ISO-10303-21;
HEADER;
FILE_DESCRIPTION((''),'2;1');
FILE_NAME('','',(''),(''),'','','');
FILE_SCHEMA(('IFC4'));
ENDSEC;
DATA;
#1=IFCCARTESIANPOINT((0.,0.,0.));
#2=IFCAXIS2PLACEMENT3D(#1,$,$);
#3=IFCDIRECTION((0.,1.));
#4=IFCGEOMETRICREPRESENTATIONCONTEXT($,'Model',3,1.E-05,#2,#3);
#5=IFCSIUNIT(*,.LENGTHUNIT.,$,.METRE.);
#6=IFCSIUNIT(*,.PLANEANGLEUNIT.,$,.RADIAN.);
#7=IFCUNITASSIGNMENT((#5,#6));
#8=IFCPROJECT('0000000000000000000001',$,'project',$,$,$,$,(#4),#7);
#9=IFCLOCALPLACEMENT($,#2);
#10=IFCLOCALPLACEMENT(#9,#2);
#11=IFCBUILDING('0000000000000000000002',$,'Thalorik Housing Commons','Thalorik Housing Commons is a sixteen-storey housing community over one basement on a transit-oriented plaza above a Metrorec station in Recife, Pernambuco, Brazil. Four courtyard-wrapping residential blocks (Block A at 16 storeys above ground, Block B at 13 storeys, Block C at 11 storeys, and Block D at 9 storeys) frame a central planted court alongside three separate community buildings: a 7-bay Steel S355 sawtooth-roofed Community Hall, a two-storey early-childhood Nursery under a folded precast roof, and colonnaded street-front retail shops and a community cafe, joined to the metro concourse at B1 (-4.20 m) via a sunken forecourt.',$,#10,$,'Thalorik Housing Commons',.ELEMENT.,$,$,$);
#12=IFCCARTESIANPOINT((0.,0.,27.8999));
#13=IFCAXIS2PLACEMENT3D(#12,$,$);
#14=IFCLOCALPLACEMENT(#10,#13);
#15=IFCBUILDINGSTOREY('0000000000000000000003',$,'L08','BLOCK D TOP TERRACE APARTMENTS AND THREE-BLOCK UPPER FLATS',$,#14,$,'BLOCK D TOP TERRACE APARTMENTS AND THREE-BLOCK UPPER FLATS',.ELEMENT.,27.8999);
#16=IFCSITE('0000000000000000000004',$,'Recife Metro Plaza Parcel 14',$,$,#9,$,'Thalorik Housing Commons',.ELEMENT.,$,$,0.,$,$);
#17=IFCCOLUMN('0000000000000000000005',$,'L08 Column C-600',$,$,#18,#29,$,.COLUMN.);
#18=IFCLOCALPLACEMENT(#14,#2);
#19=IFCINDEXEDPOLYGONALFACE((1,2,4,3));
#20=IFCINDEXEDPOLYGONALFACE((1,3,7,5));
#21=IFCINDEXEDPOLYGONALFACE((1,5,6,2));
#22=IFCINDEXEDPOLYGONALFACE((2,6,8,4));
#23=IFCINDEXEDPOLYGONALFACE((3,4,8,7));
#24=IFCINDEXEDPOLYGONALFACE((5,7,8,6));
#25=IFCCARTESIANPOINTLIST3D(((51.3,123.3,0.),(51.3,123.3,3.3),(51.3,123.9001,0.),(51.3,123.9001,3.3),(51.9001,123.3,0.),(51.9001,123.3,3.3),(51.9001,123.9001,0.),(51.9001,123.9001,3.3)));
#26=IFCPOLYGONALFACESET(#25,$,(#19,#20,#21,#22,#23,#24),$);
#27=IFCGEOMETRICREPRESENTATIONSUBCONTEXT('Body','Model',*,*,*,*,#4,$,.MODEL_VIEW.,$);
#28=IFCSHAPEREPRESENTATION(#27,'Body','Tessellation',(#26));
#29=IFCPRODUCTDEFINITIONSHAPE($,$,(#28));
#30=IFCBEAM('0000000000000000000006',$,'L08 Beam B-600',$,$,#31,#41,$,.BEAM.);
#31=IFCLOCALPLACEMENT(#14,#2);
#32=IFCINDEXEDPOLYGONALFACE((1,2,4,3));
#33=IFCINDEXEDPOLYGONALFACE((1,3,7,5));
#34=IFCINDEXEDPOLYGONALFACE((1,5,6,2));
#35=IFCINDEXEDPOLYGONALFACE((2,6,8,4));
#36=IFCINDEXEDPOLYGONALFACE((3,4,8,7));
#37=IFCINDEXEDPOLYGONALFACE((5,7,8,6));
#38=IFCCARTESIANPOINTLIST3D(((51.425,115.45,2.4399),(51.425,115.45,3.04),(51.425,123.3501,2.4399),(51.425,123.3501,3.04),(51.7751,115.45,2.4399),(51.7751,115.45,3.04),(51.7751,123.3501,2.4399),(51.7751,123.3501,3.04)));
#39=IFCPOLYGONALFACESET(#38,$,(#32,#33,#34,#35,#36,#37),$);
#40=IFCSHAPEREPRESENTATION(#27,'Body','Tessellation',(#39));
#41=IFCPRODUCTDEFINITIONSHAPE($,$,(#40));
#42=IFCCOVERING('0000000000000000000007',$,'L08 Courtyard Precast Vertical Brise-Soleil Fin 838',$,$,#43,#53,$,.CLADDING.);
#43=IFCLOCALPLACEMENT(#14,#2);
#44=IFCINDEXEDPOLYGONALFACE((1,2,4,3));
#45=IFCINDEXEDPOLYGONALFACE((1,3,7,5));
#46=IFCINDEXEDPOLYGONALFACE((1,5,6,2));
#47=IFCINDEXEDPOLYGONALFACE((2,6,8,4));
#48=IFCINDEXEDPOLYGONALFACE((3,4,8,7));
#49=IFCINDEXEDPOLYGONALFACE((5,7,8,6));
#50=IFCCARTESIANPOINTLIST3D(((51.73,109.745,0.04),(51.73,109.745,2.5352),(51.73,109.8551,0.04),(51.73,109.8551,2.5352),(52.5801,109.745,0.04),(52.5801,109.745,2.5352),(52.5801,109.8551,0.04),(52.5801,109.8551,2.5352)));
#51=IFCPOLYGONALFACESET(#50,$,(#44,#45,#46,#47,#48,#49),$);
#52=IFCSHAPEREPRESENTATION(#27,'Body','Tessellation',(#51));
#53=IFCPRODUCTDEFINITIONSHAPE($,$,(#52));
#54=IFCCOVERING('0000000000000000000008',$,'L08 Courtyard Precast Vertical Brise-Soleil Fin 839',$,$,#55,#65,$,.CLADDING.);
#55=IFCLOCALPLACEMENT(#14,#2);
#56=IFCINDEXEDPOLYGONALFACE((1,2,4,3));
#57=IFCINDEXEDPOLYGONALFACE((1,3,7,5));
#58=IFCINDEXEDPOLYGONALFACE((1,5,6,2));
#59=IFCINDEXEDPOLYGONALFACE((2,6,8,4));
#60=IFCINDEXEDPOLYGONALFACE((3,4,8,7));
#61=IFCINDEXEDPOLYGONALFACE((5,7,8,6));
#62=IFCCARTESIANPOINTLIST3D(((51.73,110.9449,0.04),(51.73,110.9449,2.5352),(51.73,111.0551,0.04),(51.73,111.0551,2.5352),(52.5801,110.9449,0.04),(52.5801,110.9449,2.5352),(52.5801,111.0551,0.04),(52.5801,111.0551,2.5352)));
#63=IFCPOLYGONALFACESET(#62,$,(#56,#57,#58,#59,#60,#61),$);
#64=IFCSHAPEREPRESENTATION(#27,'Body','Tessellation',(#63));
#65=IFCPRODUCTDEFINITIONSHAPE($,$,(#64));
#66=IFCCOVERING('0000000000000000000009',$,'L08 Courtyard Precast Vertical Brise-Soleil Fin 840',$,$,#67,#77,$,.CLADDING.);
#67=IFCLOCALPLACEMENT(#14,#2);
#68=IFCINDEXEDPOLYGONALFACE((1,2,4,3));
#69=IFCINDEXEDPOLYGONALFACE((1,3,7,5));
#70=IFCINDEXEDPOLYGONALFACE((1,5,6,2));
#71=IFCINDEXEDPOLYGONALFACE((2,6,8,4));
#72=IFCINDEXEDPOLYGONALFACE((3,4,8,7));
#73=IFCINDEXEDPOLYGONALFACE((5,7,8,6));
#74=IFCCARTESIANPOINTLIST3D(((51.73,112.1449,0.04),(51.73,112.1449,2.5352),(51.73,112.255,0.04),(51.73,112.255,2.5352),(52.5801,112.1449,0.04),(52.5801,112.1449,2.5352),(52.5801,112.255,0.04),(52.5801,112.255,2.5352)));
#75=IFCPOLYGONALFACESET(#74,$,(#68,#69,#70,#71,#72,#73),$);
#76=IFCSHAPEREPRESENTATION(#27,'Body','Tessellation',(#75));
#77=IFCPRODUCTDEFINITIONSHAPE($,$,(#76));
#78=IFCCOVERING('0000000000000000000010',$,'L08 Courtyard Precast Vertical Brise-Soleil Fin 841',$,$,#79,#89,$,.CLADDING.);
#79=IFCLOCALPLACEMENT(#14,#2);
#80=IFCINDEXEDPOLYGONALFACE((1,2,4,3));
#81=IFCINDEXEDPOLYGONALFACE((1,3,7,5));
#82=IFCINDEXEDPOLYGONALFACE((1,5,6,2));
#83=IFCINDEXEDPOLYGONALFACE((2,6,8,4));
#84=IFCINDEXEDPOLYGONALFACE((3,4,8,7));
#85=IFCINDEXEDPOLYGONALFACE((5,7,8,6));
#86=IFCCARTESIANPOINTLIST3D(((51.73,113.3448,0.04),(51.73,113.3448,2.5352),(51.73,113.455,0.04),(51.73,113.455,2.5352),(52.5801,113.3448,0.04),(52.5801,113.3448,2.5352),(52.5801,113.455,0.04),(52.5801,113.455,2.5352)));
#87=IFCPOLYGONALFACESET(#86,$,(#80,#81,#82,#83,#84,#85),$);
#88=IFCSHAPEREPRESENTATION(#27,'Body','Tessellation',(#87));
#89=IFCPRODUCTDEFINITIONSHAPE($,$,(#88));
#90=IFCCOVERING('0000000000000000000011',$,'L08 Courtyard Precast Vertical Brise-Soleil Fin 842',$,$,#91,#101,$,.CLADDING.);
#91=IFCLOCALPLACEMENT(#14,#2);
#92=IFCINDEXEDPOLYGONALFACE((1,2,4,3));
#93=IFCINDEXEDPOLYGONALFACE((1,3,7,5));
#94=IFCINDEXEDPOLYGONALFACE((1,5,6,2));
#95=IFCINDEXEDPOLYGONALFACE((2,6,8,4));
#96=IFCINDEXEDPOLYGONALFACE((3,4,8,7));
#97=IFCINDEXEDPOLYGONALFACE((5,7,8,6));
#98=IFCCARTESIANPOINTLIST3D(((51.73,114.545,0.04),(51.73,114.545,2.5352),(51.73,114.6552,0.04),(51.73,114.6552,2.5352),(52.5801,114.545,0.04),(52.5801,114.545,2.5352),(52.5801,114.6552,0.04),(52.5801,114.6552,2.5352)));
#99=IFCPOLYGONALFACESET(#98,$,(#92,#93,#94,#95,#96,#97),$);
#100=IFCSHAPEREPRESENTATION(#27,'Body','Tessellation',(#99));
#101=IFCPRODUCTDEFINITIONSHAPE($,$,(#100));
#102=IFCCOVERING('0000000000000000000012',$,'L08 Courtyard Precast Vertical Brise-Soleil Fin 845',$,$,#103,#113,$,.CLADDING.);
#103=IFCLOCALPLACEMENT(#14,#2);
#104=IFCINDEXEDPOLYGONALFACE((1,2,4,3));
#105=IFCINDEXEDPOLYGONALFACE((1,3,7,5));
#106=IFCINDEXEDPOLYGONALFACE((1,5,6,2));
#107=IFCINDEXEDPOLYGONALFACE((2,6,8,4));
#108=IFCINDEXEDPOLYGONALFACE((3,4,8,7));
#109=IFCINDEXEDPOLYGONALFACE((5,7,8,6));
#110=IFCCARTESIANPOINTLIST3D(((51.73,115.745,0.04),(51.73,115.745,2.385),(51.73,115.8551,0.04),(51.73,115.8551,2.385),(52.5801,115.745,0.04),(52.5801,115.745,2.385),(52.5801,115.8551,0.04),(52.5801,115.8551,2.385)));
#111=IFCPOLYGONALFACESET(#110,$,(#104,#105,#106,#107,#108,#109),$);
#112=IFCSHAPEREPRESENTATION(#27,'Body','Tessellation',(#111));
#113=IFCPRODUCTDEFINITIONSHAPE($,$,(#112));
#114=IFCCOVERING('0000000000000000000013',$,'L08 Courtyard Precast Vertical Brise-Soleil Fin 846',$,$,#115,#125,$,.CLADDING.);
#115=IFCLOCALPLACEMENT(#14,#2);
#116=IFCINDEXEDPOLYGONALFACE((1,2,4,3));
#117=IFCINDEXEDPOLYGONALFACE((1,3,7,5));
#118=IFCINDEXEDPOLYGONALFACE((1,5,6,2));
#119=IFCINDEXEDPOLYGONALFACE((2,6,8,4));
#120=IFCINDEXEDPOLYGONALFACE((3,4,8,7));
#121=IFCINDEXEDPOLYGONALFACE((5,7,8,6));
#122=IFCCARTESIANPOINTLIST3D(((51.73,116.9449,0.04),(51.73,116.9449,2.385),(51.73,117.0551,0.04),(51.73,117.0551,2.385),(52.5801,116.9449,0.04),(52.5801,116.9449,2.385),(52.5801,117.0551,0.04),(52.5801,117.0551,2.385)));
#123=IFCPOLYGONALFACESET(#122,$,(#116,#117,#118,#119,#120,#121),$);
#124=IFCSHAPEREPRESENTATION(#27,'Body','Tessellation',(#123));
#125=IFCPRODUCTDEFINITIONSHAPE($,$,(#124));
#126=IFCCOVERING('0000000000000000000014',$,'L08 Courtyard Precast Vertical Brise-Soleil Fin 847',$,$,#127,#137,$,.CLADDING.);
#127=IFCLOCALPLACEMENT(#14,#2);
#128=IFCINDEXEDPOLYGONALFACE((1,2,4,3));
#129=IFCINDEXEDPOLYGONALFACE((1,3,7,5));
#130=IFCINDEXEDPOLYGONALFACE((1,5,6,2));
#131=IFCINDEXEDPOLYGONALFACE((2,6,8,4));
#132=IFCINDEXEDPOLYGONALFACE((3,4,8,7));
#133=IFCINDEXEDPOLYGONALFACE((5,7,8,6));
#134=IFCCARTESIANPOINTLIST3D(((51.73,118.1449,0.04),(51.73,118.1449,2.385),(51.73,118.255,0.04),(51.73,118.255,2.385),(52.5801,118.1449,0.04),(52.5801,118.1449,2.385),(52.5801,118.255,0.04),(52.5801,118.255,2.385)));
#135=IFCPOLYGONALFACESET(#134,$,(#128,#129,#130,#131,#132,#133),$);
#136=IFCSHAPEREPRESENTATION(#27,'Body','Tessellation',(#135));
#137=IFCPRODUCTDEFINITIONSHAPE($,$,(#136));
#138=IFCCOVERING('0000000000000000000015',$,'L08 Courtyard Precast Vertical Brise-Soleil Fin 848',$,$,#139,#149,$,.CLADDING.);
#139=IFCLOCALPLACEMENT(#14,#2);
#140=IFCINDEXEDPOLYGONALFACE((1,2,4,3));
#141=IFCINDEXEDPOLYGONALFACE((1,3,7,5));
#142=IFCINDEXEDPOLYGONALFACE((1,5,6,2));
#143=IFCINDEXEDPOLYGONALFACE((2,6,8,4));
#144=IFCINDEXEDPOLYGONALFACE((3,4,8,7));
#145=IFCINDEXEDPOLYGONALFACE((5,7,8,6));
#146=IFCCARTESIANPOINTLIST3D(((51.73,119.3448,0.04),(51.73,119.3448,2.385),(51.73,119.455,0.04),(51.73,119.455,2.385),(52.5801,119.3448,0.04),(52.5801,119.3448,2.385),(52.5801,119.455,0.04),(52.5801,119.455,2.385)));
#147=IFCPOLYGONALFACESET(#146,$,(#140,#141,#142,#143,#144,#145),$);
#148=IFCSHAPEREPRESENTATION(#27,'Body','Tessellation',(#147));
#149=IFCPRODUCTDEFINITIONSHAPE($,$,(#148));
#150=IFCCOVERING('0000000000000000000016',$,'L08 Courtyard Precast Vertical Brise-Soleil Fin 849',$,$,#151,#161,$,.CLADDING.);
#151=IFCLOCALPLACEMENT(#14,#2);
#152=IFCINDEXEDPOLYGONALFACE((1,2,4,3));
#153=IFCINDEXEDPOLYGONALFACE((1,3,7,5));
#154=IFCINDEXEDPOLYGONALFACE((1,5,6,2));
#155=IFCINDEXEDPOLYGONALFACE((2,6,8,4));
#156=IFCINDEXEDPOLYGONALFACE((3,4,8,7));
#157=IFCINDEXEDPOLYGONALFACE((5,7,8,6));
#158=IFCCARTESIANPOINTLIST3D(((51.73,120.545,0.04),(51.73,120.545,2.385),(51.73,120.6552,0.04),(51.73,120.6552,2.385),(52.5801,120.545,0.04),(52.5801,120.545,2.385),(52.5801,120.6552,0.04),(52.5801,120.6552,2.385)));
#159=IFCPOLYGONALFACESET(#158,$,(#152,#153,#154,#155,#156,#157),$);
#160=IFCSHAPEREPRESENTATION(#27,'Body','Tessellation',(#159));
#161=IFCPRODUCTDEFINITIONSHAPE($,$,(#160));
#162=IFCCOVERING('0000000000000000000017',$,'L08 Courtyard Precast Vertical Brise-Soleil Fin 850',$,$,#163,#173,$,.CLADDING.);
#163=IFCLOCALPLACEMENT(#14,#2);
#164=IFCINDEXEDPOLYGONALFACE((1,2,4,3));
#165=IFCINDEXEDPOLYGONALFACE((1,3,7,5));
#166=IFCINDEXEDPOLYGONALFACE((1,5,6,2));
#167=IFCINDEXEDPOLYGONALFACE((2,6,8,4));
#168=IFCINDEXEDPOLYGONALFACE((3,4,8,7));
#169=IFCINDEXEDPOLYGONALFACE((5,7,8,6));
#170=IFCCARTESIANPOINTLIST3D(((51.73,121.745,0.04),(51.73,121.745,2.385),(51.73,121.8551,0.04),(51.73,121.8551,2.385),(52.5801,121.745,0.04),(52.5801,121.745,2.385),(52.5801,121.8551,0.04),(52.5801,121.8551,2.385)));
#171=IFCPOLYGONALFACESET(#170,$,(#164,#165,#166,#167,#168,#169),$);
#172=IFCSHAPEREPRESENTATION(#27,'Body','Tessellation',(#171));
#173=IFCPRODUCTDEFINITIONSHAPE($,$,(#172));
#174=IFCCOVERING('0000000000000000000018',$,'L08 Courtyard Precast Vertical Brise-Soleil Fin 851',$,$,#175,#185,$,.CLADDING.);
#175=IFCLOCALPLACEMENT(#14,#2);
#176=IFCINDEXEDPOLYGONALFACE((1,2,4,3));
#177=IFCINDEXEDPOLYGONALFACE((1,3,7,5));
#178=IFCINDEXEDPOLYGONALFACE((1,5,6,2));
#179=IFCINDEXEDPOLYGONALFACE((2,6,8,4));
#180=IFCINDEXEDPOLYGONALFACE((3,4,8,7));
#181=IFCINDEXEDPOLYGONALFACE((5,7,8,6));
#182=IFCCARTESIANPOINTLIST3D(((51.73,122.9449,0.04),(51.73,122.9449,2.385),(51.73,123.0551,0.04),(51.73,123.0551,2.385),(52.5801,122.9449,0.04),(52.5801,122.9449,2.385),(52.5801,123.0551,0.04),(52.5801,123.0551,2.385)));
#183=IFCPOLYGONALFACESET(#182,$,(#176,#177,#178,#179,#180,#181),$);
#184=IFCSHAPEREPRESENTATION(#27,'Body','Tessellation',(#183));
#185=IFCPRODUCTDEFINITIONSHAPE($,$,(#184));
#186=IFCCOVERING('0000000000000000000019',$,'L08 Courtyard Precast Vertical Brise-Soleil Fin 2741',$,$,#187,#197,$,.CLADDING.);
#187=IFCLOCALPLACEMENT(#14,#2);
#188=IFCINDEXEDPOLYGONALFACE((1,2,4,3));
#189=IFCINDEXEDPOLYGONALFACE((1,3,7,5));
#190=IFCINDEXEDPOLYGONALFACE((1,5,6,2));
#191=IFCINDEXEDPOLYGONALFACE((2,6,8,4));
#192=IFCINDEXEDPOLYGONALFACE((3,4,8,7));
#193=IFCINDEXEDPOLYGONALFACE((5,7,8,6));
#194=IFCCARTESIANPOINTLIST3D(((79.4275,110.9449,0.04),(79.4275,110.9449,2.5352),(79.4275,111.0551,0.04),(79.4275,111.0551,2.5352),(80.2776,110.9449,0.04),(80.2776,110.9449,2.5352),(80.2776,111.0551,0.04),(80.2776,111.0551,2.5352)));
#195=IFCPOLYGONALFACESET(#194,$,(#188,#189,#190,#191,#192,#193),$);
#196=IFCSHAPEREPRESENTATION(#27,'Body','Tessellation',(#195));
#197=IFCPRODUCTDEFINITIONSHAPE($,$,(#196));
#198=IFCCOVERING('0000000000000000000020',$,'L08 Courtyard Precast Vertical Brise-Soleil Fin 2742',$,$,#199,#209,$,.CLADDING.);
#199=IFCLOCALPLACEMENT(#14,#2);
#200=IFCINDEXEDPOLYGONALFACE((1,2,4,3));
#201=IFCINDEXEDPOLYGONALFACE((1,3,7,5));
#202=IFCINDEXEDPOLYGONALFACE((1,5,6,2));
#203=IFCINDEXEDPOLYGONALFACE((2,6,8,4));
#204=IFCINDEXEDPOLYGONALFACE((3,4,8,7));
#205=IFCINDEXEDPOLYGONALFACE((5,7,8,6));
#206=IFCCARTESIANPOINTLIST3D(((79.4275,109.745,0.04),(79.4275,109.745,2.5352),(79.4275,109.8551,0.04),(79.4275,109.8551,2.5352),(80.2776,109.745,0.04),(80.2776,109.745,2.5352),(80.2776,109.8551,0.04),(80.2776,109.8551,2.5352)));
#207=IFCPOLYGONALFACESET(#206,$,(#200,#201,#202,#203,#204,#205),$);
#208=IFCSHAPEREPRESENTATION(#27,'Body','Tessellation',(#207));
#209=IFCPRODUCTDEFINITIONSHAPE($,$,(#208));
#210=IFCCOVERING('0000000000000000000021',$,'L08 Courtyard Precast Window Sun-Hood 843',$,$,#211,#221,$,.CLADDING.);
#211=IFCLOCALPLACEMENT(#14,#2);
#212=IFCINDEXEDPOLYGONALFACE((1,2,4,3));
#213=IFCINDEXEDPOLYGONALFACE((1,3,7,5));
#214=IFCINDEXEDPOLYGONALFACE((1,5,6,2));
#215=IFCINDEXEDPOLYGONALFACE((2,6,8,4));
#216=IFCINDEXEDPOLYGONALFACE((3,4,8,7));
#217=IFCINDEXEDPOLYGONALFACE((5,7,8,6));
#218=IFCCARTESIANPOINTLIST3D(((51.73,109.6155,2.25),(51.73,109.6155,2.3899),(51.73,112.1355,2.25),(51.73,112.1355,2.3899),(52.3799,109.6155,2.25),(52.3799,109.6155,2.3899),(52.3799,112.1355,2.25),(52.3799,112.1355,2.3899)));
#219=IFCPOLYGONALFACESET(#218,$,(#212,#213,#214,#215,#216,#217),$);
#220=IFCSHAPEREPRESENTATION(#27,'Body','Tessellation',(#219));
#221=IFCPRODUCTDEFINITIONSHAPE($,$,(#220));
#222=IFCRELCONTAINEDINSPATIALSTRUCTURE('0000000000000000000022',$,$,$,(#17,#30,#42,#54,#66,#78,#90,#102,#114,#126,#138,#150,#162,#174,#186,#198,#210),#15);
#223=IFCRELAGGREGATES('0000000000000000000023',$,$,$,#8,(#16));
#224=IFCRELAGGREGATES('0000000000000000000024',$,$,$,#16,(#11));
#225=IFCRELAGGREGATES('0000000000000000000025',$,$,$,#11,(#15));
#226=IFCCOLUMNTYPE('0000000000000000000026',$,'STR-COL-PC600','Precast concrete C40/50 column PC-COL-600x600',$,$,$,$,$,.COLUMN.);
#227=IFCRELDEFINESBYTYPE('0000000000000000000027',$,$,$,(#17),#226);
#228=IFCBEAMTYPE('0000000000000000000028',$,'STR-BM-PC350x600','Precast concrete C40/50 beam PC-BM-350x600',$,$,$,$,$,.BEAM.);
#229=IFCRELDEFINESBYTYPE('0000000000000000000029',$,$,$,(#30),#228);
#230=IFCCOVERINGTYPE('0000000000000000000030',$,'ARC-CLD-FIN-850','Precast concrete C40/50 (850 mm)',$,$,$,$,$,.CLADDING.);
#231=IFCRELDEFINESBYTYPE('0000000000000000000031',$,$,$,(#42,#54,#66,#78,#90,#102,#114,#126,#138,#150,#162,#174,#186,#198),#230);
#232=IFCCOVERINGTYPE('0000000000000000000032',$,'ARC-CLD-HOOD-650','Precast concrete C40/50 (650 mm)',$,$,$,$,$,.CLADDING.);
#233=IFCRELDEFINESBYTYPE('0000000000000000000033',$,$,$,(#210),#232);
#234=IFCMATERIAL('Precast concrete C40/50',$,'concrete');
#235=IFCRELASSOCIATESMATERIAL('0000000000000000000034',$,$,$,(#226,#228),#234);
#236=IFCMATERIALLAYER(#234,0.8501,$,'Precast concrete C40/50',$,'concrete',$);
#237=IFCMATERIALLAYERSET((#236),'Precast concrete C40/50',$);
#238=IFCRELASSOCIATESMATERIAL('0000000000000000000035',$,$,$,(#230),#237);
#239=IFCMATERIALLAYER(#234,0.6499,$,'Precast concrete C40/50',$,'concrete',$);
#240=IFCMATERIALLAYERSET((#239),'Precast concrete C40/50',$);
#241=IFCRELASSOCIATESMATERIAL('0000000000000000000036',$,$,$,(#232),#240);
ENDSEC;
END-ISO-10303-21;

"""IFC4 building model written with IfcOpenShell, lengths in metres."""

from ifc_helpers import new_model, si_unit, direction, frame, origin, origin_2d, place, context, subcontext, project, spatial, rectangle, extrude, material, layer, layer_set, material_profile, profile_set, type_object, element, save


model = new_model("IFC4")

# Units and contexts
model_context = context("Model", 3, precision=1e-05, world=origin(), true_north=direction((0.0, 1.0)))
body_context = subcontext(model_context, "Body", "Model", "MODEL_VIEW")
ifc_project = project(units=[si_unit("LENGTHUNIT", "METRE"), si_unit("PLANEANGLEUNIT", "RADIAN")], contexts=[model_context])

# Site, building, storey
site_placement = place(None, origin())
site = spatial("IfcSite", under=ifc_project, at=site_placement, Name="Recife Metro Plaza Parcel 14", LongName="Thalorik Housing Commons", CompositionType="ELEMENT", RefElevation=0.0)
building_placement = place(site_placement, origin())
building = spatial("IfcBuilding", under=site, at=building_placement, Name="Thalorik Housing Commons", Description="Thalorik Housing Commons is a sixteen-storey housing community over one basement on a transit-oriented plaza above a Metrorec station in Recife, Pernambuco, Brazil. Four courtyard-wrapping residential blocks (Block A at 16 storeys above ground, Block B at 13 storeys, Block C at 11 storeys, and Block D at 9 storeys) frame a central planted court alongside three separate community buildings: a 7-bay Steel S355 sawtooth-roofed Community Hall, a two-storey early-childhood Nursery under a folded precast roof, and colonnaded street-front retail shops and a community cafe, joined to the metro concourse at B1 (-4.20 m) via a sunken forecourt.", LongName="Thalorik Housing Commons", CompositionType="ELEMENT")
storey_placement = place(building_placement, frame((0.0, 0.0, 27.8999)))
storey = spatial("IfcBuildingStorey", under=building, at=storey_placement, Name="L08", Description="BLOCK D TOP TERRACE APARTMENTS AND THREE-BLOCK UPPER FLATS", LongName="BLOCK D TOP TERRACE APARTMENTS AND THREE-BLOCK UPPER FLATS", CompositionType="ELEMENT", Elevation=27.8999)

# Column
ifc_material_1 = material(Name="Precast concrete C40/50", Category="concrete")
ifc_material_profile_1 = material_profile(ifc_material_1, rectangle(XDim=0.6001, YDim=0.6001, at=origin_2d()), Name="PC 600x600", Category="concrete")
ifc_profile_set_1 = profile_set([ifc_material_profile_1], Name="Precast concrete C40/50")
column_type = type_object("IfcColumnType", Name="STR-COL-PC600", Description="Precast concrete C40/50 column PC-COL-600x600", PredefinedType="COLUMN", material=ifc_profile_set_1)
column_placement = place(storey_placement, frame((51.6001, 123.6001, 0.0), z_axis=(0.0, 0.0, 1.0), x_axis=(1.0, 0.0, 0.0)))
element("IfcColumn", 1, at=column_placement, inside=storey, type_object=column_type, Name="L08 Column C-600", PredefinedType="COLUMN", context=body_context, shape_type="SweptSolid", body=[
    extrude(rectangle(XDim=0.6001, YDim=0.6001, at=origin_2d()), origin(), (0.0, 0.0, 1.0), 3.3),
])

# Beam
ifc_material_profile_2 = material_profile(ifc_material_1, rectangle(XDim=0.3501, YDim=0.6001, at=origin_2d()), Name="PC 350x600", Category="concrete")
ifc_profile_set_2 = profile_set([ifc_material_profile_2], Name="Precast concrete C40/50")
beam_type = type_object("IfcBeamType", Name="STR-BM-PC350x600", Description="Precast concrete C40/50 beam PC-BM-350x600", PredefinedType="BEAM", material=ifc_profile_set_2)
beam_placement = place(storey_placement, frame((51.6001, 115.45, 2.74), z_axis=(0.0, 1.0, 0.0), x_axis=(-1.0, 0.0, 0.0)))
element("IfcBeam", 2, at=beam_placement, inside=storey, type_object=beam_type, Name="L08 Beam B-600", PredefinedType="BEAM", context=body_context, shape_type="SweptSolid", body=[
    extrude(rectangle(XDim=0.3501, YDim=0.6001, at=origin_2d()), origin(), (0.0, 0.0, 1.0), 7.9001),
])

# Coverings
ifc_layer_1 = layer(ifc_material_1, 0.8501, Name="Precast concrete C40/50", Category="concrete")
ifc_layer_set_1 = layer_set([ifc_layer_1], Name="Precast concrete C40/50")
covering_type_1 = type_object("IfcCoveringType", Name="ARC-CLD-FIN-850", Description="Precast concrete C40/50 (850 mm)", PredefinedType="CLADDING", material=ifc_layer_set_1)
for number, where, z_axis, x_axis, name in (
    (3, (52.155, 109.8, 0.04), (0.0, 0.0, 1.0), (0.0, 1.0, 0.0), "L08 Courtyard Precast Vertical Brise-Soleil Fin 838"),
    (4, (52.155, 111.0, 0.04), (0.0, 0.0, 1.0), (0.0, 1.0, 0.0), "L08 Courtyard Precast Vertical Brise-Soleil Fin 839"),
    (5, (52.155, 112.2, 0.04), (0.0, 0.0, 1.0), (0.0, 1.0, 0.0), "L08 Courtyard Precast Vertical Brise-Soleil Fin 840"),
    (6, (52.155, 113.3999, 0.04), (0.0, 0.0, 1.0), (0.0, 1.0, 0.0), "L08 Courtyard Precast Vertical Brise-Soleil Fin 841"),
    (7, (52.155, 114.6001, 0.04), (0.0, 0.0, 1.0), (0.0, 1.0, 0.0), "L08 Courtyard Precast Vertical Brise-Soleil Fin 842"),
):
    element("IfcCovering", number, at=place(storey_placement, frame(where, z_axis=z_axis, x_axis=x_axis)), inside=storey, type_object=covering_type_1, Name=name, PredefinedType="CLADDING", context=body_context, shape_type="SweptSolid", body=[
        extrude(rectangle(XDim=0.1101, YDim=0.8501, at=origin_2d()), origin(), (0.0, 0.0, 1.0), 2.4951),
    ])
for number, where, z_axis, x_axis, name in (
    (8, (52.155, 115.8, 0.04), (0.0, 0.0, 1.0), (0.0, 1.0, 0.0), "L08 Courtyard Precast Vertical Brise-Soleil Fin 845"),
    (9, (52.155, 117.0, 0.04), (0.0, 0.0, 1.0), (0.0, 1.0, 0.0), "L08 Courtyard Precast Vertical Brise-Soleil Fin 846"),
    (10, (52.155, 118.2, 0.04), (0.0, 0.0, 1.0), (0.0, 1.0, 0.0), "L08 Courtyard Precast Vertical Brise-Soleil Fin 847"),
    (11, (52.155, 119.3999, 0.04), (0.0, 0.0, 1.0), (0.0, 1.0, 0.0), "L08 Courtyard Precast Vertical Brise-Soleil Fin 848"),
    (12, (52.155, 120.6001, 0.04), (0.0, 0.0, 1.0), (0.0, 1.0, 0.0), "L08 Courtyard Precast Vertical Brise-Soleil Fin 849"),
    (13, (52.155, 121.8, 0.04), (0.0, 0.0, 1.0), (0.0, 1.0, 0.0), "L08 Courtyard Precast Vertical Brise-Soleil Fin 850"),
    (14, (52.155, 123.0, 0.04), (0.0, 0.0, 1.0), (0.0, 1.0, 0.0), "L08 Courtyard Precast Vertical Brise-Soleil Fin 851"),
):
    element("IfcCovering", number, at=place(storey_placement, frame(where, z_axis=z_axis, x_axis=x_axis)), inside=storey, type_object=covering_type_1, Name=name, PredefinedType="CLADDING", context=body_context, shape_type="SweptSolid", body=[
        extrude(rectangle(XDim=0.1101, YDim=0.8501, at=origin_2d()), origin(), (0.0, 0.0, 1.0), 2.345),
    ])
for number, where, z_axis, x_axis, name in (
    (15, (79.8525, 111.0, 0.04), (0.0, 0.0, 1.0), (0.0, -1.0, 0.0), "L08 Courtyard Precast Vertical Brise-Soleil Fin 2741"),
    (16, (79.8525, 109.8, 0.04), (0.0, 0.0, 1.0), (0.0, -1.0, 0.0), "L08 Courtyard Precast Vertical Brise-Soleil Fin 2742"),
):
    element("IfcCovering", number, at=place(storey_placement, frame(where, z_axis=z_axis, x_axis=x_axis)), inside=storey, type_object=covering_type_1, Name=name, PredefinedType="CLADDING", context=body_context, shape_type="SweptSolid", body=[
        extrude(rectangle(XDim=0.1101, YDim=0.8501, at=origin_2d()), origin(), (0.0, 0.0, 1.0), 2.4951),
    ])
ifc_layer_2 = layer(ifc_material_1, 0.6499, Name="Precast concrete C40/50", Category="concrete")
ifc_layer_set_2 = layer_set([ifc_layer_2], Name="Precast concrete C40/50")
covering_type_2 = type_object("IfcCoveringType", Name="ARC-CLD-HOOD-650", Description="Precast concrete C40/50 (650 mm)", PredefinedType="CLADDING", material=ifc_layer_set_2)
covering_1_placement = place(storey_placement, frame((52.0549, 110.8755, 2.25), z_axis=(0.0, 0.0, 1.0), x_axis=(0.0, 1.0, 0.0)))
element("IfcCovering", 17, at=covering_1_placement, inside=storey, type_object=covering_type_2, Name="L08 Courtyard Precast Window Sun-Hood 843", PredefinedType="CLADDING", context=body_context, shape_type="SweptSolid", body=[
    extrude(rectangle(XDim=2.52, YDim=0.6499, at=origin_2d()), origin(), (0.0, 0.0, 1.0), 0.1399),
])

save(model, "model.ifc")
